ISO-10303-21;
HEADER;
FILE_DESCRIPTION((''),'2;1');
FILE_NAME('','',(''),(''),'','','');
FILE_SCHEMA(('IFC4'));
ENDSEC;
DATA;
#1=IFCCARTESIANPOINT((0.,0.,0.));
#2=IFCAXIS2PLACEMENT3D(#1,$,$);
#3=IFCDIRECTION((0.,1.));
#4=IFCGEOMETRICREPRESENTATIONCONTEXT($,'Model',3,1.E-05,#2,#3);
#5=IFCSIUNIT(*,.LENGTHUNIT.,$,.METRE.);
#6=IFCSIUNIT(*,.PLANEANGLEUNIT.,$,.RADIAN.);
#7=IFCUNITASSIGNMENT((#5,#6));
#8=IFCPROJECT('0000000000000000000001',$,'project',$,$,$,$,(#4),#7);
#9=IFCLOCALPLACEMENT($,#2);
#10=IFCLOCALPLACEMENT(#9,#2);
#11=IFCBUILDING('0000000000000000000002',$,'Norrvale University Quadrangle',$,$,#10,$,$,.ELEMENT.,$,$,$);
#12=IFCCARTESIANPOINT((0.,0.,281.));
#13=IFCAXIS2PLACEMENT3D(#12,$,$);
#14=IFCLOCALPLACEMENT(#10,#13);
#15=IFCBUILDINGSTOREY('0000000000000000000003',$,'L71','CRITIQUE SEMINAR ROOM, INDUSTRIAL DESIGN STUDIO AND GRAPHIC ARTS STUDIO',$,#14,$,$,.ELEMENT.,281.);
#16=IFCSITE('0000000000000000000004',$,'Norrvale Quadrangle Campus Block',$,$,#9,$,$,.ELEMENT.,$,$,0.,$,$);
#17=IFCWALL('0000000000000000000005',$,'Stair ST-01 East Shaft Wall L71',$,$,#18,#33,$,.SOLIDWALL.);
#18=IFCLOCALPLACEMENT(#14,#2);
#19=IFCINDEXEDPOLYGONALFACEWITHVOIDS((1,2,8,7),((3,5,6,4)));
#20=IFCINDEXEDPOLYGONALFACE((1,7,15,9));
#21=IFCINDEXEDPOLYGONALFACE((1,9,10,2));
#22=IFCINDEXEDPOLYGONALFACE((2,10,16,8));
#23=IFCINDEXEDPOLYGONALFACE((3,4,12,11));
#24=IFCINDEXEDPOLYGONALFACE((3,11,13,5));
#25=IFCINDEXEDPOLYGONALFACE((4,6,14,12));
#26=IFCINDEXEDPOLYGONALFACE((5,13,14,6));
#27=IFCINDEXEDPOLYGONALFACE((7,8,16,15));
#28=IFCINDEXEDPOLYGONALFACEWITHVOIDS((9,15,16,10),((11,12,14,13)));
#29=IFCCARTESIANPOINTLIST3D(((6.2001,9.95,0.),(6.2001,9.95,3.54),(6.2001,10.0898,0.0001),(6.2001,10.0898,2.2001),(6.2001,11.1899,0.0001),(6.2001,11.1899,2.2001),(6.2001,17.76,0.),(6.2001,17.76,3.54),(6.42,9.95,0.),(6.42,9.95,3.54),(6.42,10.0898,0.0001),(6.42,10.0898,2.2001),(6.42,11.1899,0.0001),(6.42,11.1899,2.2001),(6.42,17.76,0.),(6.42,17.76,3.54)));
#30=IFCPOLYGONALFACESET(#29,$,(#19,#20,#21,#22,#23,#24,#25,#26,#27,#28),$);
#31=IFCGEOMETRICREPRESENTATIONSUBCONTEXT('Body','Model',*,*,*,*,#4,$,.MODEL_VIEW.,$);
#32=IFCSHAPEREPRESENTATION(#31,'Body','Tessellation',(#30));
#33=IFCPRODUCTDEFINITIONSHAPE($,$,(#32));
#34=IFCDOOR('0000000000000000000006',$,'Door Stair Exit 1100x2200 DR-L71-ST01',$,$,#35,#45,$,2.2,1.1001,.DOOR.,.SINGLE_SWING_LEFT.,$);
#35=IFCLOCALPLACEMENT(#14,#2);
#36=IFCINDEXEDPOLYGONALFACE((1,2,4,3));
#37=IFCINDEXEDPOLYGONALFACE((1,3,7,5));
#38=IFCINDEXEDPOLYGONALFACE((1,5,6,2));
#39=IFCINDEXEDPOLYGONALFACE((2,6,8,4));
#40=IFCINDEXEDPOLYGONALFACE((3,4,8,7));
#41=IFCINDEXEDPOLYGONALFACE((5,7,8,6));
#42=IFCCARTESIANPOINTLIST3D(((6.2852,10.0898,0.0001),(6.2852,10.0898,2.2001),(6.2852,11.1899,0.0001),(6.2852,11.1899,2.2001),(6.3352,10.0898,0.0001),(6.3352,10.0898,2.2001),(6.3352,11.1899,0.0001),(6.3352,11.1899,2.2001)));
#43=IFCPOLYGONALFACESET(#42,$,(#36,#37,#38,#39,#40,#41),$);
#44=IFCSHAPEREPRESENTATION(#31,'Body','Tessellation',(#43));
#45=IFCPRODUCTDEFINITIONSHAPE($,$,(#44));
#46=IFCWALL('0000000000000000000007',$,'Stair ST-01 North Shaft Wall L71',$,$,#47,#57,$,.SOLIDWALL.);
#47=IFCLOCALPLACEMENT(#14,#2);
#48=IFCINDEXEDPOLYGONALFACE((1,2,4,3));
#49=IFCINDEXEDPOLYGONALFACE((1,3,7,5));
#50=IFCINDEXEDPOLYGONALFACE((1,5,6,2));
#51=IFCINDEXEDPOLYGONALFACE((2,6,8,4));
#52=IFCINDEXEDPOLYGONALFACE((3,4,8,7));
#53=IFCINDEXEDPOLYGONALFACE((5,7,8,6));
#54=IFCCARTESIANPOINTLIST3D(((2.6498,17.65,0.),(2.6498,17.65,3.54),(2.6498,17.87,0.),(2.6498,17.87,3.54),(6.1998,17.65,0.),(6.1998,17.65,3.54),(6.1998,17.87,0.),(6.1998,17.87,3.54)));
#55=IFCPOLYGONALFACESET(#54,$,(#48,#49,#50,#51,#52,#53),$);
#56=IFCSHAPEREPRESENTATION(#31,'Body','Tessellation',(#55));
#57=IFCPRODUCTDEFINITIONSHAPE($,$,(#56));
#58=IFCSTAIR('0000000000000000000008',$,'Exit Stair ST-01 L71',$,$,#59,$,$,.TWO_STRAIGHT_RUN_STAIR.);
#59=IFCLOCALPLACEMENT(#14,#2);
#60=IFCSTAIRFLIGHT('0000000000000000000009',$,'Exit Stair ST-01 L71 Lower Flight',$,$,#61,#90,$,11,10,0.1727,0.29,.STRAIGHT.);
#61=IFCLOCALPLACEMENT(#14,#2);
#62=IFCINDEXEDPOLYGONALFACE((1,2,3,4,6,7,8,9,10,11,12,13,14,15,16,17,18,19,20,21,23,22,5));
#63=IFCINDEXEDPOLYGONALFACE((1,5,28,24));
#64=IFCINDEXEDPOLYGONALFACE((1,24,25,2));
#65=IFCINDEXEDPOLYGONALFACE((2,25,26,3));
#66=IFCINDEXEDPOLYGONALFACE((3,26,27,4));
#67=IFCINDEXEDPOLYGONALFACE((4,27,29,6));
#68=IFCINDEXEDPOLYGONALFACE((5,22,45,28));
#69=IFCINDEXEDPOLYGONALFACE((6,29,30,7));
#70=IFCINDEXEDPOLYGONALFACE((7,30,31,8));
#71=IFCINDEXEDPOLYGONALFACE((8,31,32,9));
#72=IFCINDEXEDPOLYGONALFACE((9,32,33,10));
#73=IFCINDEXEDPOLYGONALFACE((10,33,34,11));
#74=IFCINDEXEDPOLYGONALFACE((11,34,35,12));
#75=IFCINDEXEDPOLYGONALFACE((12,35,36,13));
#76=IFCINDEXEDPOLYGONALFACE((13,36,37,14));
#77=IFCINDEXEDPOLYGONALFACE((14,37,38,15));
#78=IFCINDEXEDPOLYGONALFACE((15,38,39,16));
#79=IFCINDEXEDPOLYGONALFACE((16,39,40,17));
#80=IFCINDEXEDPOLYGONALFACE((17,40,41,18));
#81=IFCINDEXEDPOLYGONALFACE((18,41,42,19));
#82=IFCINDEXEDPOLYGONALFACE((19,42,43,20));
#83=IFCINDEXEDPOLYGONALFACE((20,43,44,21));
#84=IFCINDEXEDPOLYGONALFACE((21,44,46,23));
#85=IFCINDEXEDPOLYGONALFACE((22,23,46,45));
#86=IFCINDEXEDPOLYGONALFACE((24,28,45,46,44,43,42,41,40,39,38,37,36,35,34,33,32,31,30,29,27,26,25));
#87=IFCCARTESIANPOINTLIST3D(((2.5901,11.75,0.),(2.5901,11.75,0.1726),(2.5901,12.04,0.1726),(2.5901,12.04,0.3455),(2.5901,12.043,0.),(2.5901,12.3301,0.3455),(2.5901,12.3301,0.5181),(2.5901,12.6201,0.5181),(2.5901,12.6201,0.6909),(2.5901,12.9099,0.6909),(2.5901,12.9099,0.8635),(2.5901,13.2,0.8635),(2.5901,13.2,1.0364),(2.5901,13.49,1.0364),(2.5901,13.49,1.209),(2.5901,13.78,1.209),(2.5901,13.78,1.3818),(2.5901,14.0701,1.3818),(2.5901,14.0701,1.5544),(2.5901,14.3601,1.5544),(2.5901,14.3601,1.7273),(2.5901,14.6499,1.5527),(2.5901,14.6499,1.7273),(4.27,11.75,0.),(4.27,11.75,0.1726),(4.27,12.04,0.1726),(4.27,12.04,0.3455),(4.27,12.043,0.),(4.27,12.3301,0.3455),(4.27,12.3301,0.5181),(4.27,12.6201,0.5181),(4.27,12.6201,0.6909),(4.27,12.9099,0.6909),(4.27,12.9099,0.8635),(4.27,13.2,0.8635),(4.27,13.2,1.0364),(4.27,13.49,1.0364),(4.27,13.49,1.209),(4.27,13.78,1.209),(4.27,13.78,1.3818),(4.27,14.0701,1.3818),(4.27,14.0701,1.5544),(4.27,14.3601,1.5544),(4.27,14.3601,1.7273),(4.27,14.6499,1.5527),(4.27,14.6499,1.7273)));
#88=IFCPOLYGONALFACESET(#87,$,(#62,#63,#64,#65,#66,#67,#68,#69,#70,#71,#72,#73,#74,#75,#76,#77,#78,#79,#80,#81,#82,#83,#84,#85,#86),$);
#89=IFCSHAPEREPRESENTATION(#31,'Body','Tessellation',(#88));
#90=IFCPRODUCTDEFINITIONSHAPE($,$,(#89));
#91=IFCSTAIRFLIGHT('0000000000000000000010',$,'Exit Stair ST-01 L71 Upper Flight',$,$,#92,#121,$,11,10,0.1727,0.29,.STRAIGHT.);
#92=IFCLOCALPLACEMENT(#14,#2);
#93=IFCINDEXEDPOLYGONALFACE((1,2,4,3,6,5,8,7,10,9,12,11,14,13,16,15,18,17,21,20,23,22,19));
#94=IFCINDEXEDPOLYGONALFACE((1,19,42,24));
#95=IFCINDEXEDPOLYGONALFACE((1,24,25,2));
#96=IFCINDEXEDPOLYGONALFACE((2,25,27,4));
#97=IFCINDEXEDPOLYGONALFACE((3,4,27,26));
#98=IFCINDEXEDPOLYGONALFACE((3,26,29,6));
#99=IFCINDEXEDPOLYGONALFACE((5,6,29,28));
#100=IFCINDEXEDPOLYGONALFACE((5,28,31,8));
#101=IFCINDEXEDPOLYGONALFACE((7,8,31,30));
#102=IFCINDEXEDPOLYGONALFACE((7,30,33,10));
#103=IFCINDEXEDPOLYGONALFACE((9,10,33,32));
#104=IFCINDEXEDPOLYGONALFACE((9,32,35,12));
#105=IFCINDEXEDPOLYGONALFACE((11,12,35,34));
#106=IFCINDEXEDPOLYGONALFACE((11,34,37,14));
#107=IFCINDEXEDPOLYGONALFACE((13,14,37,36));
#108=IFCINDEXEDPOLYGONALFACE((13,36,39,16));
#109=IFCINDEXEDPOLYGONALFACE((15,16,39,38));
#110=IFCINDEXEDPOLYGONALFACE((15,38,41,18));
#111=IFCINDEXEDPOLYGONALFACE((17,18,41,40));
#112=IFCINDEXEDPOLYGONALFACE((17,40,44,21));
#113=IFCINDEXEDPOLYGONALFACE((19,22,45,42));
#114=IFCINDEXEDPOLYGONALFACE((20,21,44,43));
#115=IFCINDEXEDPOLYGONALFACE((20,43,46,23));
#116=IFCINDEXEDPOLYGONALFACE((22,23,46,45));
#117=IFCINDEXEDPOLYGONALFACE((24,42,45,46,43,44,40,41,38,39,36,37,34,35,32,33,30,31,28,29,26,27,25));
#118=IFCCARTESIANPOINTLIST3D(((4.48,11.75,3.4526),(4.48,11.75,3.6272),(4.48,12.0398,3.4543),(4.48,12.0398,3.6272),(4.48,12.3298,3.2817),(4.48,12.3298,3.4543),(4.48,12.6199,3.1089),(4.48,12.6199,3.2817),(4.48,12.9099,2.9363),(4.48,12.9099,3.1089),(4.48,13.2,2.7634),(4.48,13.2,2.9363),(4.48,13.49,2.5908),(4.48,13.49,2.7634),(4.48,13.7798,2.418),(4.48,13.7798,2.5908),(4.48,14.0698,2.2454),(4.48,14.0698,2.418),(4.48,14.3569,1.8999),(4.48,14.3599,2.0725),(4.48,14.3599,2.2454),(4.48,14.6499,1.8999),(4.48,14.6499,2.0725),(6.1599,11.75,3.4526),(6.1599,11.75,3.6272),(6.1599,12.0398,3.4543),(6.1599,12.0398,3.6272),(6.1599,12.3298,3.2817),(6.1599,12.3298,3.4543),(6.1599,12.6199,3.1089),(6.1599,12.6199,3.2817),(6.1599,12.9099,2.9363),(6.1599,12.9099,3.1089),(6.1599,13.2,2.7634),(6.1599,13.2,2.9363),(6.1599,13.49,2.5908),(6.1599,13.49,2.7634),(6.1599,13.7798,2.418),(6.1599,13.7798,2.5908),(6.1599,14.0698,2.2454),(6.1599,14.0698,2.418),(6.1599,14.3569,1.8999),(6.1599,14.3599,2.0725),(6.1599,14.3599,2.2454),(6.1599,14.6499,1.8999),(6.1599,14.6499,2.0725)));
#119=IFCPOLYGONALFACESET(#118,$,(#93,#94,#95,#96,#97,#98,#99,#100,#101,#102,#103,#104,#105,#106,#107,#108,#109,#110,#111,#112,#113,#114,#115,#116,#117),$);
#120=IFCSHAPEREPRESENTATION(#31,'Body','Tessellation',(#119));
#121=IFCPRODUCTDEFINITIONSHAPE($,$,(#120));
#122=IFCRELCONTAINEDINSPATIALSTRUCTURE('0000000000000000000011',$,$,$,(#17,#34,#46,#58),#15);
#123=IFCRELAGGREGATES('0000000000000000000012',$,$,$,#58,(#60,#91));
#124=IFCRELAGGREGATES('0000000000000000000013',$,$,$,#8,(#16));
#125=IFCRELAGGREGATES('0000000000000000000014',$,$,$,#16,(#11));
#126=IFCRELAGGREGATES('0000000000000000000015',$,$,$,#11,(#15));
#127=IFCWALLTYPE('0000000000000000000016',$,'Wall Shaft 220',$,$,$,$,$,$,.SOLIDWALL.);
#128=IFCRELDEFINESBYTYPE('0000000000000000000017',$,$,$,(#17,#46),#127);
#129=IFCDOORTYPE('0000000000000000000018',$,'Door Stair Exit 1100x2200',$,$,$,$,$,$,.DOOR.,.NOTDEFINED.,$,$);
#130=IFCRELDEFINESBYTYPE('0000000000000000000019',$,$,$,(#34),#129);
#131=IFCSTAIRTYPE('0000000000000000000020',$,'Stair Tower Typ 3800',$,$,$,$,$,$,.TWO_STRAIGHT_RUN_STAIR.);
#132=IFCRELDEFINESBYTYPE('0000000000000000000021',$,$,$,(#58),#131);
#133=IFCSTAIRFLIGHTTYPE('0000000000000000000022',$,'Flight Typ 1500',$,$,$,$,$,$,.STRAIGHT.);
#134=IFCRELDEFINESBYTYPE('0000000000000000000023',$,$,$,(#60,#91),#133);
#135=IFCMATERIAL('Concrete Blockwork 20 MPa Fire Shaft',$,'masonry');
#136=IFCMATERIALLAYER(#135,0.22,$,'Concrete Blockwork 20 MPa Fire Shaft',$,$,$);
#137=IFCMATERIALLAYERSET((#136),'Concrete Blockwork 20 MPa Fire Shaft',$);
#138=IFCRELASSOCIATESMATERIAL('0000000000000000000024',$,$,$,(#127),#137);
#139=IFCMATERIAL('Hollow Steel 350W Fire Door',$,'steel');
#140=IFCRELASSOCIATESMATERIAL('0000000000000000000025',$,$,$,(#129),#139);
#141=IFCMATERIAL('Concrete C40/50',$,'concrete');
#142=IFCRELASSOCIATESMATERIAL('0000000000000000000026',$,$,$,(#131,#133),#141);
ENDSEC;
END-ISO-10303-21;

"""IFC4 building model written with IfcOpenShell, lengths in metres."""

from ifc_helpers import new_model, si_unit, direction, frame, frame_2d, origin, place, context, subcontext, project, spatial, polyline, rectangle, outline, extrude, material, layer, layer_set, type_object, element, fill, aggregate, save


model = new_model("IFC4")

# Units and contexts
model_context = context("Model", 3, precision=1e-05, world=origin(), true_north=direction((0.0, 1.0)))
body_context = subcontext(model_context, "Body", "Model", "MODEL_VIEW")
ifc_project = project(units=[si_unit("LENGTHUNIT", "METRE"), si_unit("PLANEANGLEUNIT", "RADIAN")], contexts=[model_context])

# Site, building, storey
site_placement = place(None, origin())
site = spatial("IfcSite", under=ifc_project, at=site_placement, Name="Norrvale Quadrangle Campus Block", CompositionType="ELEMENT", RefElevation=0.0)
building_placement = place(site_placement, origin())
building = spatial("IfcBuilding", under=site, at=building_placement, Name="Norrvale University Quadrangle", CompositionType="ELEMENT")
storey_placement = place(building_placement, frame((0.0, 0.0, 281.0)))
storey = spatial("IfcBuildingStorey", under=building, at=storey_placement, Name="L71", Description="CRITIQUE SEMINAR ROOM, INDUSTRIAL DESIGN STUDIO AND GRAPHIC ARTS STUDIO", CompositionType="ELEMENT", Elevation=281.0)

# Wall, opening, door
ifc_material_1 = material(Name="Concrete Blockwork 20 MPa Fire Shaft", Category="masonry")
ifc_layer_1 = layer(ifc_material_1, 0.22, Name="Concrete Blockwork 20 MPa Fire Shaft")
ifc_layer_set_1 = layer_set([ifc_layer_1], Name="Concrete Blockwork 20 MPa Fire Shaft")
wall_type_1 = type_object("IfcWallType", Name="Wall Shaft 220", PredefinedType="SOLIDWALL", material=ifc_layer_set_1)
wall_1_placement = place(storey_placement, frame((6.3101, 9.95, 0.0), z_axis=(0.0, 0.0, 1.0), x_axis=(0.0, 1.0, 0.0)))
wall_1 = element("IfcWall", 1, at=wall_1_placement, inside=storey, type_object=wall_type_1, Name="Stair ST-01 East Shaft Wall L71", PredefinedType="SOLIDWALL", context=body_context, shape_type="SweptSolid", body=[
    extrude(rectangle(XDim=7.8101, YDim=0.22, at=frame_2d((3.905, 0.0))), origin(), (0.0, 0.0, 1.0), 3.54),
])
opening_placement = place(wall_1_placement, frame((0.1399, 0.0, 0.0)))
opening = element("IfcOpeningElement", 2, at=opening_placement, cuts=wall_1, PredefinedType="OPENING", context=body_context, shape_type="SweptSolid", body=[
    extrude(rectangle(XDim=1.1001, YDim=2.2, at=frame_2d((0.55, 1.1001))), frame((0.0, 0.1221, 0.0), z_axis=(0.0, -1.0, 0.0), x_axis=(1.0, 0.0, 0.0)), (0.0, 0.0, 1.0), 0.2439),
])
ifc_material_2 = material(Name="Hollow Steel 350W Fire Door", Category="steel")
door_type = type_object("IfcDoorType", Name="Door Stair Exit 1100x2200", OperationType="NOTDEFINED", PredefinedType="DOOR", material=ifc_material_2)
door_placement = place(opening_placement, origin())
door = element("IfcDoor", 3, at=door_placement, inside=storey, type_object=door_type, Name="Door Stair Exit 1100x2200 DR-L71-ST01", OperationType="SINGLE_SWING_LEFT", OverallHeight=2.2, OverallWidth=1.1001, PredefinedType="DOOR", context=body_context, shape_type="SweptSolid", body=[
    extrude(rectangle(XDim=1.1001, YDim=2.2, at=frame_2d((0.55, 1.1001))), frame((0.0, 0.0249, 0.0), z_axis=(0.0, -1.0, 0.0), x_axis=(1.0, 0.0, 0.0)), (0.0, 0.0, 1.0), 0.05),
])
fill(opening, door)

# Wall
wall_2_placement = place(storey_placement, frame((2.6499, 17.76, 0.0), z_axis=(0.0, 0.0, 1.0), x_axis=(1.0, 0.0, 0.0)))
element("IfcWall", 4, at=wall_2_placement, inside=storey, type_object=wall_type_1, Name="Stair ST-01 North Shaft Wall L71", PredefinedType="SOLIDWALL", context=body_context, shape_type="SweptSolid", body=[
    extrude(rectangle(XDim=3.55, YDim=0.22, at=frame_2d((1.7749, 0.0))), origin(), (0.0, 0.0, 1.0), 3.54),
])

# Stair, stair flights
ifc_material_3 = material(Name="Concrete C40/50", Category="concrete")
stair_type = type_object("IfcStairType", Name="Stair Tower Typ 3800", PredefinedType="TWO_STRAIGHT_RUN_STAIR", material=ifc_material_3)
stair_placement = place(storey_placement, origin())
stair = element("IfcStair", 5, at=stair_placement, inside=storey, type_object=stair_type, Name="Exit Stair ST-01 L71", PredefinedType="TWO_STRAIGHT_RUN_STAIR")
stair_flight_type = type_object("IfcStairFlightType", Name="Flight Typ 1500", PredefinedType="STRAIGHT", material=ifc_material_3)
stair_flight_1_placement = place(storey_placement, frame((3.4299, 11.75, 0.0), z_axis=(0.0, 0.0, 1.0), x_axis=(0.0, 1.0, 0.0)))
stair_flight_1 = element("IfcStairFlight", 6, at=stair_flight_1_placement, type_object=stair_flight_type, Name="Exit Stair ST-01 L71 Lower Flight", NumberOfRisers=11, NumberOfTreads=10, PredefinedType="STRAIGHT", RiserHeight=0.1727, TreadLength=0.29, context=body_context, shape_type="SweptSolid", body=[
    extrude(outline(polyline([(0.0, 0.0), (0.0, 0.1726), (0.29, 0.1726), (0.29, 0.3455), (0.5801, 0.3455), (0.5801, 0.5181), (0.8701, 0.5181), (0.8701, 0.6909), (1.1599, 0.6909), (1.1599, 0.8635), (1.45, 0.8635), (1.45, 1.0364), (1.74, 1.0364), (1.74, 1.209), (2.03, 1.209), (2.03, 1.3818), (2.3201, 1.3818), (2.3201, 1.5544), (2.6101, 1.5544), (2.6101, 1.7273), (2.8999, 1.7273), (2.8999, 1.8999), (2.8999, 1.5527), (0.293, 0.0), (0.0, 0.0)])), frame((0.0, 0.8398, 0.0), z_axis=(0.0, -1.0, 0.0), x_axis=(1.0, 0.0, 0.0)), (0.0, 0.0, 1.0), 1.6799),
])
stair_flight_2_placement = place(storey_placement, frame((5.3201, 14.6499, 1.8999), z_axis=(0.0, 0.0, 1.0), x_axis=(0.0, -1.0, 0.0)))
stair_flight_2 = element("IfcStairFlight", 7, at=stair_flight_2_placement, type_object=stair_flight_type, Name="Exit Stair ST-01 L71 Upper Flight", NumberOfRisers=11, NumberOfTreads=10, PredefinedType="STRAIGHT", RiserHeight=0.1727, TreadLength=0.29, context=body_context, shape_type="SweptSolid", body=[
    extrude(outline(polyline([(0.0, 0.0), (0.0, 0.1726), (0.29, 0.1726), (0.29, 0.3455), (0.5801, 0.3455), (0.5801, 0.5181), (0.8701, 0.5181), (0.8701, 0.6909), (1.1599, 0.6909), (1.1599, 0.8635), (1.45, 0.8635), (1.45, 1.0364), (1.74, 1.0364), (1.74, 1.209), (2.03, 1.209), (2.03, 1.3818), (2.3201, 1.3818), (2.3201, 1.5544), (2.6101, 1.5544), (2.6101, 1.7273), (2.8999, 1.7273), (2.8999, 1.8999), (2.8999, 1.5527), (0.293, 0.0), (0.0, 0.0)])), frame((0.0, 0.8398, 0.0), z_axis=(0.0, -1.0, 0.0), x_axis=(1.0, 0.0, 0.0)), (0.0, 0.0, 1.0), 1.6799),
])
aggregate(stair, [stair_flight_1, stair_flight_2])

save(model, "model.ifc")
